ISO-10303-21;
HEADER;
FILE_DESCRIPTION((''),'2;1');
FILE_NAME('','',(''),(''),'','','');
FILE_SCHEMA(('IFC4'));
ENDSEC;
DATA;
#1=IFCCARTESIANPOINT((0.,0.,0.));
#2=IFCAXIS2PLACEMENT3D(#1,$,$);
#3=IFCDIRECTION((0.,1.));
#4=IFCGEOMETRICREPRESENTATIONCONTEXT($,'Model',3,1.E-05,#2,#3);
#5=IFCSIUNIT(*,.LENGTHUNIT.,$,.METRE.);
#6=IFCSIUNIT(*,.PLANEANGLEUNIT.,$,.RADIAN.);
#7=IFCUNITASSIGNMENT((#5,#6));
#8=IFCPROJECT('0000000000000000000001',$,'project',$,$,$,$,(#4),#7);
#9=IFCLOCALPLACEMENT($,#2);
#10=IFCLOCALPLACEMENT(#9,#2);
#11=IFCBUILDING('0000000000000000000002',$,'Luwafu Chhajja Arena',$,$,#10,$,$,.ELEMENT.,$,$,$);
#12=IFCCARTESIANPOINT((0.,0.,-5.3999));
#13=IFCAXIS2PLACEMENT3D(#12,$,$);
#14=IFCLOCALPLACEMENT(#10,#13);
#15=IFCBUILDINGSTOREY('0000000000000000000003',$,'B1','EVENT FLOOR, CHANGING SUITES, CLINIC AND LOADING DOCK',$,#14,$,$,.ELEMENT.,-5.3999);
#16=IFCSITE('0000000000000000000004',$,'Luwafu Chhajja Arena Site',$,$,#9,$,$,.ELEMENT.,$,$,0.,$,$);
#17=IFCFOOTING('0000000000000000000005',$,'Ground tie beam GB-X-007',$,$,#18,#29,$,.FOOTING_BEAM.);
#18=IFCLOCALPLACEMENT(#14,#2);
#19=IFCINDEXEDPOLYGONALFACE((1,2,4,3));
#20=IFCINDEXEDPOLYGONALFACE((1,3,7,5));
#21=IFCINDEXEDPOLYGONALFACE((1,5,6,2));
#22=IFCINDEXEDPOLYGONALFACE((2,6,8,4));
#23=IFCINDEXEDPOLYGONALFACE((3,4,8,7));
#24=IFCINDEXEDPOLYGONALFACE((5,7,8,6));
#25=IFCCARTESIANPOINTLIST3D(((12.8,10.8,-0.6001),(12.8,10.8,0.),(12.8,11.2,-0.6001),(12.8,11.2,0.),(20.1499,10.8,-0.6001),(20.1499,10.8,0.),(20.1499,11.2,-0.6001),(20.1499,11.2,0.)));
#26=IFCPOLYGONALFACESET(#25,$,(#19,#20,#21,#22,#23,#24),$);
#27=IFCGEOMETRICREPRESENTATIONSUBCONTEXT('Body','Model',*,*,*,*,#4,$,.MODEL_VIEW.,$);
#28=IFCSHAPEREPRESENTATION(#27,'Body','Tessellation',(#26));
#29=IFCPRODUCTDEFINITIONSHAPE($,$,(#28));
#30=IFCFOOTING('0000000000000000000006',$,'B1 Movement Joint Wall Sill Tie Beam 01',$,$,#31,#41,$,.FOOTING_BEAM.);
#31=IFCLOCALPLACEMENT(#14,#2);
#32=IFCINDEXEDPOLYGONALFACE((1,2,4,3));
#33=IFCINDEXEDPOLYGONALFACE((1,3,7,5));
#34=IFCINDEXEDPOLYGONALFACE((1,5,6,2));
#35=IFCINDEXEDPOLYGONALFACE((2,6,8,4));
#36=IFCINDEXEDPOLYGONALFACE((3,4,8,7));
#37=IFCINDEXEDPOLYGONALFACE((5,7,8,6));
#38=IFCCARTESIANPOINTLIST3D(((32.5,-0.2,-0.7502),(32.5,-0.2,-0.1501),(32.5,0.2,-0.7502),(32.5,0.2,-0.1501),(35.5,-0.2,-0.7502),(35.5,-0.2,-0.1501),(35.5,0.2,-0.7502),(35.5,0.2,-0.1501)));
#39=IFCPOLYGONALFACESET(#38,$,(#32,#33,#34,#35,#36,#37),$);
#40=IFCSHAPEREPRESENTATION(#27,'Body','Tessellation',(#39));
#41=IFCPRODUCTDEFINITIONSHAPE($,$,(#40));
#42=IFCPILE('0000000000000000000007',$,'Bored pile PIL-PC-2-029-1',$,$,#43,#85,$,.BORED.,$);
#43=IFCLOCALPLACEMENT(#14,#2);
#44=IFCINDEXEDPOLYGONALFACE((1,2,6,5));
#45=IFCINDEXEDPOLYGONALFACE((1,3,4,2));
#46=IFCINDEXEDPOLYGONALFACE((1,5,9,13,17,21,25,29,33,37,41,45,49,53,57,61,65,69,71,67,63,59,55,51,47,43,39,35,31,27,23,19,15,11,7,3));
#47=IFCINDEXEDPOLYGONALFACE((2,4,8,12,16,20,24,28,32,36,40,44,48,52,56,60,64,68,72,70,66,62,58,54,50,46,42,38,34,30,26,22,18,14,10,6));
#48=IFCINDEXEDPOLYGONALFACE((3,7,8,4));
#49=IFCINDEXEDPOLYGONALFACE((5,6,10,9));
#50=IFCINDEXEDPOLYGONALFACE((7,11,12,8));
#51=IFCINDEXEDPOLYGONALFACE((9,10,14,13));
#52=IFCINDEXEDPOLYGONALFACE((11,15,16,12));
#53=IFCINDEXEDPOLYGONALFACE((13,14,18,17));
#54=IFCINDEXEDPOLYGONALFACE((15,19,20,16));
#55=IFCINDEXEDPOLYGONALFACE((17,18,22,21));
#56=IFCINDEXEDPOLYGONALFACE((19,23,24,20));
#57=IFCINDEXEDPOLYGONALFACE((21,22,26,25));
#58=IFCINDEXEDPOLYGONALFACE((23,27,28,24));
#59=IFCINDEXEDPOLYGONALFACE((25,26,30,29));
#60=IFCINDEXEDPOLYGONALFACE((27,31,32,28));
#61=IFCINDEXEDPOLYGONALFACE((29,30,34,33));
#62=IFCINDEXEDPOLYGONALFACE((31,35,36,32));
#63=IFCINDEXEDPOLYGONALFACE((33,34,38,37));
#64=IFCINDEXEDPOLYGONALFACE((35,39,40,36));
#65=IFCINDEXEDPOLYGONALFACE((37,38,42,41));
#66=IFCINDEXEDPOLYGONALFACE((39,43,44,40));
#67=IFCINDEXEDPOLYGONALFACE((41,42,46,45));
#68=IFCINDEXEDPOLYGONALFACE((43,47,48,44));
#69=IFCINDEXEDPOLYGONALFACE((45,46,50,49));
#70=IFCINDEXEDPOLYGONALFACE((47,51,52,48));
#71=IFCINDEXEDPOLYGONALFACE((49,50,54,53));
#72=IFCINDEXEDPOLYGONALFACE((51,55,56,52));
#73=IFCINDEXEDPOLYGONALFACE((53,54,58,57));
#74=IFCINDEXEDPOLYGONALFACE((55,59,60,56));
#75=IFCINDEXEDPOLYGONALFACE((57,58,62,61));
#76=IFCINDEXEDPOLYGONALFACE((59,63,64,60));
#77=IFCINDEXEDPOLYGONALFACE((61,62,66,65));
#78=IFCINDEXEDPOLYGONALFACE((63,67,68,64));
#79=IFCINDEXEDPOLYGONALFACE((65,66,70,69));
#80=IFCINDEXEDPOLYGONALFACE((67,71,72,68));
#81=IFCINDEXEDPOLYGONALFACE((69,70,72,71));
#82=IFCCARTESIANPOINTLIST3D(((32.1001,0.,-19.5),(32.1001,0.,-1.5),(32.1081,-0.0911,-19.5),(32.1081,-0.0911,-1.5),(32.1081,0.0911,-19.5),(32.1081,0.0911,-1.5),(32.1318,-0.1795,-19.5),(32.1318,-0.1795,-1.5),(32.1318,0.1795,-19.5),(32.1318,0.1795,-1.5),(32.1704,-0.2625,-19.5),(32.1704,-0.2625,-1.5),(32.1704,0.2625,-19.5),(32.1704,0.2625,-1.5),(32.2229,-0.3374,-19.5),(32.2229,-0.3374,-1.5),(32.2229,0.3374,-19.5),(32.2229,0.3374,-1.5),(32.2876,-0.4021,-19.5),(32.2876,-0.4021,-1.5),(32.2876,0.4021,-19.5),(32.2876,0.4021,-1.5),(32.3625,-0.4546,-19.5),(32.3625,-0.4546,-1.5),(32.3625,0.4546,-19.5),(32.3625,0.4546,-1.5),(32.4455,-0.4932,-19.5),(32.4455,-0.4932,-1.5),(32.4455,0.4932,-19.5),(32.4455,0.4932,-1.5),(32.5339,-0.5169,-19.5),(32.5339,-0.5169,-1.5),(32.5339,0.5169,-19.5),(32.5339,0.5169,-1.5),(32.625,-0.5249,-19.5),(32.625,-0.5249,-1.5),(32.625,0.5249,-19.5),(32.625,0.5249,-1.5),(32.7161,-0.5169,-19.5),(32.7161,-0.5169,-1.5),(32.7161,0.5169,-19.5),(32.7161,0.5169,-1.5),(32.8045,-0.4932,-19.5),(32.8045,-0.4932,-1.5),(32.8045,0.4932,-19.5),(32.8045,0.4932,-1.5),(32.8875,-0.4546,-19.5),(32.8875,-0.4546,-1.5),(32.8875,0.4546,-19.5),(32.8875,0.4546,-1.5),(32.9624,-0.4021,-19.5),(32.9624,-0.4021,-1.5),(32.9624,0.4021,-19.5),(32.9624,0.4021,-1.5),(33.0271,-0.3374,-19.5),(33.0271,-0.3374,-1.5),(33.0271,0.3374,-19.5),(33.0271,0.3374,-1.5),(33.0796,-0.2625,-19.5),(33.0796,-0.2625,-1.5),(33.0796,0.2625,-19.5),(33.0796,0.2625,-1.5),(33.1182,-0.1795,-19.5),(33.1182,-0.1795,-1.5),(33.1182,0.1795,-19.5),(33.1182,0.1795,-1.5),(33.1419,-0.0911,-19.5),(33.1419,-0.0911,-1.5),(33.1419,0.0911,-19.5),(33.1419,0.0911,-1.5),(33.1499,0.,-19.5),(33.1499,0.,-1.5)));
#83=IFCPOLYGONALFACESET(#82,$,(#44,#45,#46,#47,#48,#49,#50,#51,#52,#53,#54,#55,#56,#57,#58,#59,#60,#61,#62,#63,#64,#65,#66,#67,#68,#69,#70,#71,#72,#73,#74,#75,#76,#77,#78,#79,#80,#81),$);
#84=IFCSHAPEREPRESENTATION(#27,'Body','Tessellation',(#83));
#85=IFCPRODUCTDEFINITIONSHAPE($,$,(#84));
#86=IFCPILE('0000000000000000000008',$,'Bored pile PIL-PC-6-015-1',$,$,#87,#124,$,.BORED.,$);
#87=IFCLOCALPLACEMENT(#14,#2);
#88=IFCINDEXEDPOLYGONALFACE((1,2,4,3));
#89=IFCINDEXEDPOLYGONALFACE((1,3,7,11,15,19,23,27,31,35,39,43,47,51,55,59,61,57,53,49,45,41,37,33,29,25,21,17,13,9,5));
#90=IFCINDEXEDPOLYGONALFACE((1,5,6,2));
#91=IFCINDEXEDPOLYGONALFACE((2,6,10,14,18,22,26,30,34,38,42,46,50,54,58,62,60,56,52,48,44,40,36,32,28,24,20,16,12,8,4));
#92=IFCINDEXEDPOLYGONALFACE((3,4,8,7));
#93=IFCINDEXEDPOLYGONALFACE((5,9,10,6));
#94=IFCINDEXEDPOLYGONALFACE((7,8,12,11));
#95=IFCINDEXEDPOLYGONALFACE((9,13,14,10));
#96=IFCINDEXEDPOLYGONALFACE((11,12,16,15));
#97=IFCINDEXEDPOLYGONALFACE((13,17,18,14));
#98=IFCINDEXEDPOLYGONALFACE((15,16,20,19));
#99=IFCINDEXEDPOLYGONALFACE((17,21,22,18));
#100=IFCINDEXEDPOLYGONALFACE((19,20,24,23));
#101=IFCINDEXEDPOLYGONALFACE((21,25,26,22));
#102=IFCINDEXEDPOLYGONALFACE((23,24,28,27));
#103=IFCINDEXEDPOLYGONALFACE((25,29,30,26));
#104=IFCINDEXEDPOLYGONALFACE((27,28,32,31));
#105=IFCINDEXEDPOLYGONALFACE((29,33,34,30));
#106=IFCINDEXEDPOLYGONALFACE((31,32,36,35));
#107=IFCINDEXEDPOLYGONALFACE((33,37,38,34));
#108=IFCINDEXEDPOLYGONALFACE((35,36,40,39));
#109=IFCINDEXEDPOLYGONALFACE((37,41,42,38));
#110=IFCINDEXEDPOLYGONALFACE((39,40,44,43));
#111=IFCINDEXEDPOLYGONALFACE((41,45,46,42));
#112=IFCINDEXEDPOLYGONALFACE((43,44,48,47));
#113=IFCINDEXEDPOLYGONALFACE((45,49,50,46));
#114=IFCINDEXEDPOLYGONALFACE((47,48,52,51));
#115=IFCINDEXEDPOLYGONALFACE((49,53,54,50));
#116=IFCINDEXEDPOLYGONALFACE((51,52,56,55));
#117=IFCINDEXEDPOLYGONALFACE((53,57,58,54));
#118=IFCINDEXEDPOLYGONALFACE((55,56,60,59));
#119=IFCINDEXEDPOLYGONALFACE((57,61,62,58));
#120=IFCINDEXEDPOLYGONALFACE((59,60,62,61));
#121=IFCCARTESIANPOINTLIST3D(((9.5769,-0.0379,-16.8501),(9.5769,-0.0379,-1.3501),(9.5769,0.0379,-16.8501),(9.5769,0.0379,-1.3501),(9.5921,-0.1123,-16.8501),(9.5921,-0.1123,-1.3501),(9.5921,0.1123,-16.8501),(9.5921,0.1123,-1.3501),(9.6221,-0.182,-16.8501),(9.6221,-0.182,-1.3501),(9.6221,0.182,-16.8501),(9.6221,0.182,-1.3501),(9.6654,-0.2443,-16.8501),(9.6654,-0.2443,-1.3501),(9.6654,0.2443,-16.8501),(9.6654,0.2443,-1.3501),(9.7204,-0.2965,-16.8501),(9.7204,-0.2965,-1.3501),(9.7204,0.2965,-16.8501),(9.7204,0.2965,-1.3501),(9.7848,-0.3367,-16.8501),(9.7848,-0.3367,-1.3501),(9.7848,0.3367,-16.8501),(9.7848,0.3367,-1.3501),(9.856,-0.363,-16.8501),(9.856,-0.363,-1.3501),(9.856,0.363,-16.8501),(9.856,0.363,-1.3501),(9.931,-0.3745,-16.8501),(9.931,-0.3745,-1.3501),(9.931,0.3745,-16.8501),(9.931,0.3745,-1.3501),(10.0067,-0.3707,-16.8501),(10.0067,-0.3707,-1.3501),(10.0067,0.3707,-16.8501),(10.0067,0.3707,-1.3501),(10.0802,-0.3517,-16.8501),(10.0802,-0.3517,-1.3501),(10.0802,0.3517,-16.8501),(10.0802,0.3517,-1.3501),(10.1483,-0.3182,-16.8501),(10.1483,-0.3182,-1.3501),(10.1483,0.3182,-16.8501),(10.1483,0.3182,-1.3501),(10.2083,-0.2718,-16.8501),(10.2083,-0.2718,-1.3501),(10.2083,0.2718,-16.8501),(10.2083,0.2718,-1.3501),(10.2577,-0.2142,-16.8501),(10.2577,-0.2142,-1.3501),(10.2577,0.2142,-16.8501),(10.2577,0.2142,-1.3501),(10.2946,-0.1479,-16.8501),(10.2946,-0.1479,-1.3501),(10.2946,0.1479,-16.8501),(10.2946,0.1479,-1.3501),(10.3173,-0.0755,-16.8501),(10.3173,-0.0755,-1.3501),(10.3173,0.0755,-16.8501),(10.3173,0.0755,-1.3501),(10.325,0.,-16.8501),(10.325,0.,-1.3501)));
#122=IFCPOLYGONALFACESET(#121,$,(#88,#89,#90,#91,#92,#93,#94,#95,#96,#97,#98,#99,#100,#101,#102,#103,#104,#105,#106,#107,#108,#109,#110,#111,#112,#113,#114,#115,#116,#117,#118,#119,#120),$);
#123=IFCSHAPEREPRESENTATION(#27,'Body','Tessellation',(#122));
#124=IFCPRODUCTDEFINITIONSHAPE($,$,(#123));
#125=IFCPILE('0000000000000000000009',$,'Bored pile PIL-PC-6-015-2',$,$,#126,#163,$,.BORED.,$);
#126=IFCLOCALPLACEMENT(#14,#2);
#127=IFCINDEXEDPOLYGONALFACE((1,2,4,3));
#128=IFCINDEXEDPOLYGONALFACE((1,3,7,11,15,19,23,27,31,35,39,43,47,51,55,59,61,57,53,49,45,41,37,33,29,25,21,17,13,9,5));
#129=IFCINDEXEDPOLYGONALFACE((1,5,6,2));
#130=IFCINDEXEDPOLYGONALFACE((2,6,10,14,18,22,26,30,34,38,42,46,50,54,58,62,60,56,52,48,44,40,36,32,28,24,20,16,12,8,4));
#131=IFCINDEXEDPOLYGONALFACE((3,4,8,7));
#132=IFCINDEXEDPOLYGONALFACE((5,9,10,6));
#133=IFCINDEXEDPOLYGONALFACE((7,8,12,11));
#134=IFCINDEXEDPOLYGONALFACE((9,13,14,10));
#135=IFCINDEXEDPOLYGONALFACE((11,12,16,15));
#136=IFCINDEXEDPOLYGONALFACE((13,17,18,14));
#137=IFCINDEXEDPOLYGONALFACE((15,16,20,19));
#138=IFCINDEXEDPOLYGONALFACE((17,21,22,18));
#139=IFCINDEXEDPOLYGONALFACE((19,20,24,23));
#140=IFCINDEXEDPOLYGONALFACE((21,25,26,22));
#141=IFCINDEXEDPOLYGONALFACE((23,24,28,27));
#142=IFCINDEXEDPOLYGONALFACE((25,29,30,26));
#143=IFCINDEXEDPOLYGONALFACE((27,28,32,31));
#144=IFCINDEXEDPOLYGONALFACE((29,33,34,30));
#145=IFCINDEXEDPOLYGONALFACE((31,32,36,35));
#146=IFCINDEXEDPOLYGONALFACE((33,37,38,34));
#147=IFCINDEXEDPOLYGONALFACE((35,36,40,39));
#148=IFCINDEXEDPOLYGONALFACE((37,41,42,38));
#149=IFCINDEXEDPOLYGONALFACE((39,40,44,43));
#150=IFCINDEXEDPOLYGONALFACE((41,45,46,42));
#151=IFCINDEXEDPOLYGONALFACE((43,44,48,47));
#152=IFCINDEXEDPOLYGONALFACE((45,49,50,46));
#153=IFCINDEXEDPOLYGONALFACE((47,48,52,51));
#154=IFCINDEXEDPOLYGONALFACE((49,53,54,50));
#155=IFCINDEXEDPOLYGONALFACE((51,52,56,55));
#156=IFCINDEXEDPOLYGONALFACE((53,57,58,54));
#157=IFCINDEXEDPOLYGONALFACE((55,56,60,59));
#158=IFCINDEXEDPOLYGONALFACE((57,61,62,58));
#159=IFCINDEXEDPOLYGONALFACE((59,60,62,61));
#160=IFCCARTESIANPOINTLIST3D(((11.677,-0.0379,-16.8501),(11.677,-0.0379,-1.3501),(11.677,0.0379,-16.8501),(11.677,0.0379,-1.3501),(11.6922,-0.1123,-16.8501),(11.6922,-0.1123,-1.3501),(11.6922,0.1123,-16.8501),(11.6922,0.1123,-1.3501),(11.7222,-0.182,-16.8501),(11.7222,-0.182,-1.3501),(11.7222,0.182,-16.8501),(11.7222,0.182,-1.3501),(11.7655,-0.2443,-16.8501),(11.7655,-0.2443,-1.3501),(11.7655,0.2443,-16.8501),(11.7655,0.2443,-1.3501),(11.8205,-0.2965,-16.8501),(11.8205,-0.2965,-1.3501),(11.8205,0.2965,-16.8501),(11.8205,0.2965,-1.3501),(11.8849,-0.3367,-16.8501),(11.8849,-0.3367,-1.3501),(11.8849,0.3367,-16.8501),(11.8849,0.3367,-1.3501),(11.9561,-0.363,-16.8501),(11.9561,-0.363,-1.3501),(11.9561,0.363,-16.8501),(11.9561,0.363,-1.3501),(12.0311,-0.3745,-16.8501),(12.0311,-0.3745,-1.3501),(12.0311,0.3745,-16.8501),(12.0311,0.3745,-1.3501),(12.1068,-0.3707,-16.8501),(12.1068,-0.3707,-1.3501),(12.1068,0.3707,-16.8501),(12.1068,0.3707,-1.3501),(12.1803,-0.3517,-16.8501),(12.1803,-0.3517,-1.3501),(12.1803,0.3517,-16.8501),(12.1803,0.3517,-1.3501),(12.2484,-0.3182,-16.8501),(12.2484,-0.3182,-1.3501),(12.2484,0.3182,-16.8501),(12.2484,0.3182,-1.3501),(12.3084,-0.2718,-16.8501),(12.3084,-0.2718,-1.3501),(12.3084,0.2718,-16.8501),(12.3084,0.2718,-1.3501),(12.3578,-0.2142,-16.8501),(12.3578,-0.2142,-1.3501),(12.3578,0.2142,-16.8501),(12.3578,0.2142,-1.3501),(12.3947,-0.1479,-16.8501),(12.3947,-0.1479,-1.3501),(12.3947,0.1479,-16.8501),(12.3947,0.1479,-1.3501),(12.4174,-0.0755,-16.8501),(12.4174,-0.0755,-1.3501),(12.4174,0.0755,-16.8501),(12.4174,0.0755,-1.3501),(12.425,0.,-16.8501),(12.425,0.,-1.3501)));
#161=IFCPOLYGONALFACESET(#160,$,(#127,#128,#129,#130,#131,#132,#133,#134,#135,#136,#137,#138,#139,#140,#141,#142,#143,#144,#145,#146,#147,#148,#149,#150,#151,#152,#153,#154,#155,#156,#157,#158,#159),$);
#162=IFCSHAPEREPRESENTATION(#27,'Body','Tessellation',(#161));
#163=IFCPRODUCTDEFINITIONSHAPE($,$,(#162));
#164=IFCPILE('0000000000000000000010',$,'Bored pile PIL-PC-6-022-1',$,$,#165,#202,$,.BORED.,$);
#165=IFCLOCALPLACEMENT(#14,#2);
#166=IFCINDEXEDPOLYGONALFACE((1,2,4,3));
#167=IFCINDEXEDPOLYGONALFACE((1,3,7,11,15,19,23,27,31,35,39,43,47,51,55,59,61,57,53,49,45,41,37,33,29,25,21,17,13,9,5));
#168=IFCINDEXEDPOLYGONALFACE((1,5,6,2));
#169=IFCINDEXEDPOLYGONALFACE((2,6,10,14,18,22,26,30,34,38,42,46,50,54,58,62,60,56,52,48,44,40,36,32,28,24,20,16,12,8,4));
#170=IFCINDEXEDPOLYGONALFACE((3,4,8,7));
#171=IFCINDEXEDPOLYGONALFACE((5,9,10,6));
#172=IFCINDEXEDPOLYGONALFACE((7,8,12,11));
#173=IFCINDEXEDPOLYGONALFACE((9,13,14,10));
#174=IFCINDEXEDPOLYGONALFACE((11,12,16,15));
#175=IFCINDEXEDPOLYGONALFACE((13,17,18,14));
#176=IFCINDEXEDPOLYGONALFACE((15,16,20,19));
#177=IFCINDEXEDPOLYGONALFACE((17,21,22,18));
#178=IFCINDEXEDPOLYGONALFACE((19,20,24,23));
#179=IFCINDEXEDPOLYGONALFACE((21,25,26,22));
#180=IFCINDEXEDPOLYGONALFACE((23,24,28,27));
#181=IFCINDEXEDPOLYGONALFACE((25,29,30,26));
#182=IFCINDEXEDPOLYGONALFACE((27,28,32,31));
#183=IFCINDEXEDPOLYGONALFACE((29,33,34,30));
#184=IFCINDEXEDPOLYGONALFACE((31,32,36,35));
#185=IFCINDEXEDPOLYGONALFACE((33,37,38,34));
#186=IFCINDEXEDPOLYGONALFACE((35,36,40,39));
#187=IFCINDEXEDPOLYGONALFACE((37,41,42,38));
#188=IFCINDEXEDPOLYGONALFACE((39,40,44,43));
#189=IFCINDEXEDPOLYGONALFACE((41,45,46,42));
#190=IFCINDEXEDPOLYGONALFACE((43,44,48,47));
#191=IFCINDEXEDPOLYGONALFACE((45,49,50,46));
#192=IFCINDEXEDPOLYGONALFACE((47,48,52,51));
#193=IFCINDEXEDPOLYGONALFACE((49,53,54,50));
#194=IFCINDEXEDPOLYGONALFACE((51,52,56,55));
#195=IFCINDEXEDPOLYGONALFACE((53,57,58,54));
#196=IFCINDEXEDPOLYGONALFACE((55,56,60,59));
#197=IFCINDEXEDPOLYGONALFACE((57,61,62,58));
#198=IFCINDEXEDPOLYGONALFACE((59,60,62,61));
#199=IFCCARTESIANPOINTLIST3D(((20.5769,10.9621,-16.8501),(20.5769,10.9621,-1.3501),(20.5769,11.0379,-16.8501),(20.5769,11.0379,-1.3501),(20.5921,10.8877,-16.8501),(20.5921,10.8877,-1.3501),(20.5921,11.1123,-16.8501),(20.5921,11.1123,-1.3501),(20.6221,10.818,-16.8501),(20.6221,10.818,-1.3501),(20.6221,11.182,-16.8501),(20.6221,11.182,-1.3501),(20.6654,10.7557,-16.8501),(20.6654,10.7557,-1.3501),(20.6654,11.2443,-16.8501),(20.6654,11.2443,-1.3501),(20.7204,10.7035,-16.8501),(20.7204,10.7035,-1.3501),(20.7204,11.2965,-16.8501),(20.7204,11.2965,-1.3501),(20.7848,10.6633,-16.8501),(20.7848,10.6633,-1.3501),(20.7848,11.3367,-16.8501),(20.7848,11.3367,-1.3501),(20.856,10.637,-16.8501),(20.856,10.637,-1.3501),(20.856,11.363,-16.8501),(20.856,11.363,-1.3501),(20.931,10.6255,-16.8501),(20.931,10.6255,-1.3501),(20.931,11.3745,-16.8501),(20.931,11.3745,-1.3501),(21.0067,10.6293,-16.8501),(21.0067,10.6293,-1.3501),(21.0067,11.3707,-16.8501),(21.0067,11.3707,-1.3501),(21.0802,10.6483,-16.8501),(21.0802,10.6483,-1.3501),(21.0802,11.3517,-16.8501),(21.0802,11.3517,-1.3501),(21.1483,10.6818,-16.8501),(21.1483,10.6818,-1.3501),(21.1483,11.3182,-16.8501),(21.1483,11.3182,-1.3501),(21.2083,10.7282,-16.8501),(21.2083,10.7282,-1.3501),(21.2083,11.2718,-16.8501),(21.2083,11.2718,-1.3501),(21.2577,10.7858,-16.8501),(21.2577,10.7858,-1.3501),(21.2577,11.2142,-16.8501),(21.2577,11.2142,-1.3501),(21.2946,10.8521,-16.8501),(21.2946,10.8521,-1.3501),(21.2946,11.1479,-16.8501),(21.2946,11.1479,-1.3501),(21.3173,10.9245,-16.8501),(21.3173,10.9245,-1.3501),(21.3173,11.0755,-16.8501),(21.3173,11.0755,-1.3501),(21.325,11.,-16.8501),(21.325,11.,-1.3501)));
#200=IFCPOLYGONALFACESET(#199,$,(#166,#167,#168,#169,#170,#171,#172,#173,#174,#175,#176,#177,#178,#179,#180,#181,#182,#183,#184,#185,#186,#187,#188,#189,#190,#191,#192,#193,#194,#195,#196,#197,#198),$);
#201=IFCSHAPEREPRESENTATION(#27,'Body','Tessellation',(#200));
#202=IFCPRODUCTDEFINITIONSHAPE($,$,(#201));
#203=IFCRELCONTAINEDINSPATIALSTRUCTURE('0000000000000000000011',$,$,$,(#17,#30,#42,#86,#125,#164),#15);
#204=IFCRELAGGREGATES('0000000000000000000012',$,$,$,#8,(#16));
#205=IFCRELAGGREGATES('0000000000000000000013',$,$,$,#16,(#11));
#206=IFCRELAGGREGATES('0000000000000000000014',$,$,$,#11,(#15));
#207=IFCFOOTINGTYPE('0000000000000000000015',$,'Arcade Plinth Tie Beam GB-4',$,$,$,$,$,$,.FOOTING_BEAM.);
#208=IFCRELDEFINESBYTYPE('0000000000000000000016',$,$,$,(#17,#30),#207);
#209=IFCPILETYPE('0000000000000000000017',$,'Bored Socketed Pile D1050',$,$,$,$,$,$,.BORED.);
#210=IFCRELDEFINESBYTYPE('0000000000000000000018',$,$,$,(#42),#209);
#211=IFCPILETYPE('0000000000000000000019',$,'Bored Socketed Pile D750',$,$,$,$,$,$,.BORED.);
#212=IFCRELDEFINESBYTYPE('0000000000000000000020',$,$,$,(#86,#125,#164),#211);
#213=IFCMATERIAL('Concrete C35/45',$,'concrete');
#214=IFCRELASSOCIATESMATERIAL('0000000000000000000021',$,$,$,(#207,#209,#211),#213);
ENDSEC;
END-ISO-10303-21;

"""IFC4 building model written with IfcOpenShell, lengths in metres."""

from ifc_helpers import new_model, si_unit, direction, frame, origin, origin_2d, place, context, subcontext, project, spatial, rectangle, circle, extrude, material, material_profile, profile_set, type_object, element, save


model = new_model("IFC4")

# Units and contexts
model_context = context("Model", 3, precision=1e-05, world=origin(), true_north=direction((0.0, 1.0)))
body_context = subcontext(model_context, "Body", "Model", "MODEL_VIEW")
ifc_project = project(units=[si_unit("LENGTHUNIT", "METRE"), si_unit("PLANEANGLEUNIT", "RADIAN")], contexts=[model_context])

# Site, building, storey
site_placement = place(None, origin())
site = spatial("IfcSite", under=ifc_project, at=site_placement, Name="Luwafu Chhajja Arena Site", CompositionType="ELEMENT", RefElevation=0.0)
building_placement = place(site_placement, origin())
building = spatial("IfcBuilding", under=site, at=building_placement, Name="Luwafu Chhajja Arena", CompositionType="ELEMENT")
storey_placement = place(building_placement, frame((0.0, 0.0, -5.3999)))
storey = spatial("IfcBuildingStorey", under=building, at=storey_placement, Name="B1", Description="EVENT FLOOR, CHANGING SUITES, CLINIC AND LOADING DOCK", CompositionType="ELEMENT", Elevation=-5.3999)

# Footings
ifc_material_1 = material(Name="Concrete C35/45", Category="concrete")
ifc_material_profile_1 = material_profile(ifc_material_1, rectangle(XDim=0.3999, YDim=0.6001, at=origin_2d()), Name="RC 400x600")
ifc_profile_set_1 = profile_set([ifc_material_profile_1], Name="Concrete C35/45")
footing_type_1 = type_object("IfcFootingType", Name="Arcade Plinth Tie Beam GB-4", PredefinedType="FOOTING_BEAM", material=ifc_profile_set_1)
footing_1_placement = place(storey_placement, frame((12.8, 11.0, -0.3), z_axis=(1.0, 0.0, 0.0), x_axis=(0.0, 1.0, 0.0)))
element("IfcFooting", 1, at=footing_1_placement, inside=storey, type_object=footing_type_1, Name="Ground tie beam GB-X-007", PredefinedType="FOOTING_BEAM", context=body_context, shape_type="SweptSolid", body=[
    extrude(rectangle(XDim=0.3999, YDim=0.6001, at=origin_2d()), origin(), (0.0, 0.0, 1.0), 7.3499),
])
footing_2_placement = place(storey_placement, frame((32.5, 0.0, -0.4502), z_axis=(1.0, 0.0, 0.0), x_axis=(0.0, 1.0, 0.0)))
element("IfcFooting", 2, at=footing_2_placement, inside=storey, type_object=footing_type_1, Name="B1 Movement Joint Wall Sill Tie Beam 01", PredefinedType="FOOTING_BEAM", context=body_context, shape_type="SweptSolid", body=[
    extrude(rectangle(XDim=0.3999, YDim=0.6001, at=origin_2d()), origin(), (0.0, 0.0, 1.0), 3.0),
])

# Piles
ifc_material_profile_2 = material_profile(ifc_material_1, circle(Radius=0.5249, at=origin_2d()), Name="PILE D1050")
ifc_profile_set_2 = profile_set([ifc_material_profile_2], Name="Concrete C35/45")
pile_type_1 = type_object("IfcPileType", Name="Bored Socketed Pile D1050", PredefinedType="BORED", material=ifc_profile_set_2)
pile_placement = place(storey_placement, frame((32.625, 0.0, -1.5), z_axis=(0.0, 0.0, -1.0), x_axis=(1.0, 0.0, 0.0)))
element("IfcPile", 3, at=pile_placement, inside=storey, type_object=pile_type_1, Name="Bored pile PIL-PC-2-029-1", PredefinedType="BORED", context=body_context, shape_type="SweptSolid", body=[
    extrude(circle(Radius=0.5249, at=origin_2d()), origin(), (0.0, 0.0, 1.0), 18.0),
])
ifc_material_profile_3 = material_profile(ifc_material_1, circle(Radius=0.375, at=origin_2d()), Name="PILE D750")
ifc_profile_set_3 = profile_set([ifc_material_profile_3], Name="Concrete C35/45")
pile_type_2 = type_object("IfcPileType", Name="Bored Socketed Pile D750", PredefinedType="BORED", material=ifc_profile_set_3)
for number, where, z_axis, x_axis, name in (
    (4, (9.95, 0.0, -1.3501), (0.0, 0.0, -1.0), (1.0, 0.0, 0.0), "Bored pile PIL-PC-6-015-1"),
    (5, (12.05, 0.0, -1.3501), (0.0, 0.0, -1.0), (1.0, 0.0, 0.0), "Bored pile PIL-PC-6-015-2"),
    (6, (20.95, 11.0, -1.3501), (0.0, 0.0, -1.0), (1.0, 0.0, 0.0), "Bored pile PIL-PC-6-022-1"),
):
    element("IfcPile", number, at=place(storey_placement, frame(where, z_axis=z_axis, x_axis=x_axis)), inside=storey, type_object=pile_type_2, Name=name, PredefinedType="BORED", context=body_context, shape_type="SweptSolid", body=[
        extrude(circle(Radius=0.375, at=origin_2d()), origin(), (0.0, 0.0, 1.0), 15.5),
    ])

save(model, "model.ifc")
